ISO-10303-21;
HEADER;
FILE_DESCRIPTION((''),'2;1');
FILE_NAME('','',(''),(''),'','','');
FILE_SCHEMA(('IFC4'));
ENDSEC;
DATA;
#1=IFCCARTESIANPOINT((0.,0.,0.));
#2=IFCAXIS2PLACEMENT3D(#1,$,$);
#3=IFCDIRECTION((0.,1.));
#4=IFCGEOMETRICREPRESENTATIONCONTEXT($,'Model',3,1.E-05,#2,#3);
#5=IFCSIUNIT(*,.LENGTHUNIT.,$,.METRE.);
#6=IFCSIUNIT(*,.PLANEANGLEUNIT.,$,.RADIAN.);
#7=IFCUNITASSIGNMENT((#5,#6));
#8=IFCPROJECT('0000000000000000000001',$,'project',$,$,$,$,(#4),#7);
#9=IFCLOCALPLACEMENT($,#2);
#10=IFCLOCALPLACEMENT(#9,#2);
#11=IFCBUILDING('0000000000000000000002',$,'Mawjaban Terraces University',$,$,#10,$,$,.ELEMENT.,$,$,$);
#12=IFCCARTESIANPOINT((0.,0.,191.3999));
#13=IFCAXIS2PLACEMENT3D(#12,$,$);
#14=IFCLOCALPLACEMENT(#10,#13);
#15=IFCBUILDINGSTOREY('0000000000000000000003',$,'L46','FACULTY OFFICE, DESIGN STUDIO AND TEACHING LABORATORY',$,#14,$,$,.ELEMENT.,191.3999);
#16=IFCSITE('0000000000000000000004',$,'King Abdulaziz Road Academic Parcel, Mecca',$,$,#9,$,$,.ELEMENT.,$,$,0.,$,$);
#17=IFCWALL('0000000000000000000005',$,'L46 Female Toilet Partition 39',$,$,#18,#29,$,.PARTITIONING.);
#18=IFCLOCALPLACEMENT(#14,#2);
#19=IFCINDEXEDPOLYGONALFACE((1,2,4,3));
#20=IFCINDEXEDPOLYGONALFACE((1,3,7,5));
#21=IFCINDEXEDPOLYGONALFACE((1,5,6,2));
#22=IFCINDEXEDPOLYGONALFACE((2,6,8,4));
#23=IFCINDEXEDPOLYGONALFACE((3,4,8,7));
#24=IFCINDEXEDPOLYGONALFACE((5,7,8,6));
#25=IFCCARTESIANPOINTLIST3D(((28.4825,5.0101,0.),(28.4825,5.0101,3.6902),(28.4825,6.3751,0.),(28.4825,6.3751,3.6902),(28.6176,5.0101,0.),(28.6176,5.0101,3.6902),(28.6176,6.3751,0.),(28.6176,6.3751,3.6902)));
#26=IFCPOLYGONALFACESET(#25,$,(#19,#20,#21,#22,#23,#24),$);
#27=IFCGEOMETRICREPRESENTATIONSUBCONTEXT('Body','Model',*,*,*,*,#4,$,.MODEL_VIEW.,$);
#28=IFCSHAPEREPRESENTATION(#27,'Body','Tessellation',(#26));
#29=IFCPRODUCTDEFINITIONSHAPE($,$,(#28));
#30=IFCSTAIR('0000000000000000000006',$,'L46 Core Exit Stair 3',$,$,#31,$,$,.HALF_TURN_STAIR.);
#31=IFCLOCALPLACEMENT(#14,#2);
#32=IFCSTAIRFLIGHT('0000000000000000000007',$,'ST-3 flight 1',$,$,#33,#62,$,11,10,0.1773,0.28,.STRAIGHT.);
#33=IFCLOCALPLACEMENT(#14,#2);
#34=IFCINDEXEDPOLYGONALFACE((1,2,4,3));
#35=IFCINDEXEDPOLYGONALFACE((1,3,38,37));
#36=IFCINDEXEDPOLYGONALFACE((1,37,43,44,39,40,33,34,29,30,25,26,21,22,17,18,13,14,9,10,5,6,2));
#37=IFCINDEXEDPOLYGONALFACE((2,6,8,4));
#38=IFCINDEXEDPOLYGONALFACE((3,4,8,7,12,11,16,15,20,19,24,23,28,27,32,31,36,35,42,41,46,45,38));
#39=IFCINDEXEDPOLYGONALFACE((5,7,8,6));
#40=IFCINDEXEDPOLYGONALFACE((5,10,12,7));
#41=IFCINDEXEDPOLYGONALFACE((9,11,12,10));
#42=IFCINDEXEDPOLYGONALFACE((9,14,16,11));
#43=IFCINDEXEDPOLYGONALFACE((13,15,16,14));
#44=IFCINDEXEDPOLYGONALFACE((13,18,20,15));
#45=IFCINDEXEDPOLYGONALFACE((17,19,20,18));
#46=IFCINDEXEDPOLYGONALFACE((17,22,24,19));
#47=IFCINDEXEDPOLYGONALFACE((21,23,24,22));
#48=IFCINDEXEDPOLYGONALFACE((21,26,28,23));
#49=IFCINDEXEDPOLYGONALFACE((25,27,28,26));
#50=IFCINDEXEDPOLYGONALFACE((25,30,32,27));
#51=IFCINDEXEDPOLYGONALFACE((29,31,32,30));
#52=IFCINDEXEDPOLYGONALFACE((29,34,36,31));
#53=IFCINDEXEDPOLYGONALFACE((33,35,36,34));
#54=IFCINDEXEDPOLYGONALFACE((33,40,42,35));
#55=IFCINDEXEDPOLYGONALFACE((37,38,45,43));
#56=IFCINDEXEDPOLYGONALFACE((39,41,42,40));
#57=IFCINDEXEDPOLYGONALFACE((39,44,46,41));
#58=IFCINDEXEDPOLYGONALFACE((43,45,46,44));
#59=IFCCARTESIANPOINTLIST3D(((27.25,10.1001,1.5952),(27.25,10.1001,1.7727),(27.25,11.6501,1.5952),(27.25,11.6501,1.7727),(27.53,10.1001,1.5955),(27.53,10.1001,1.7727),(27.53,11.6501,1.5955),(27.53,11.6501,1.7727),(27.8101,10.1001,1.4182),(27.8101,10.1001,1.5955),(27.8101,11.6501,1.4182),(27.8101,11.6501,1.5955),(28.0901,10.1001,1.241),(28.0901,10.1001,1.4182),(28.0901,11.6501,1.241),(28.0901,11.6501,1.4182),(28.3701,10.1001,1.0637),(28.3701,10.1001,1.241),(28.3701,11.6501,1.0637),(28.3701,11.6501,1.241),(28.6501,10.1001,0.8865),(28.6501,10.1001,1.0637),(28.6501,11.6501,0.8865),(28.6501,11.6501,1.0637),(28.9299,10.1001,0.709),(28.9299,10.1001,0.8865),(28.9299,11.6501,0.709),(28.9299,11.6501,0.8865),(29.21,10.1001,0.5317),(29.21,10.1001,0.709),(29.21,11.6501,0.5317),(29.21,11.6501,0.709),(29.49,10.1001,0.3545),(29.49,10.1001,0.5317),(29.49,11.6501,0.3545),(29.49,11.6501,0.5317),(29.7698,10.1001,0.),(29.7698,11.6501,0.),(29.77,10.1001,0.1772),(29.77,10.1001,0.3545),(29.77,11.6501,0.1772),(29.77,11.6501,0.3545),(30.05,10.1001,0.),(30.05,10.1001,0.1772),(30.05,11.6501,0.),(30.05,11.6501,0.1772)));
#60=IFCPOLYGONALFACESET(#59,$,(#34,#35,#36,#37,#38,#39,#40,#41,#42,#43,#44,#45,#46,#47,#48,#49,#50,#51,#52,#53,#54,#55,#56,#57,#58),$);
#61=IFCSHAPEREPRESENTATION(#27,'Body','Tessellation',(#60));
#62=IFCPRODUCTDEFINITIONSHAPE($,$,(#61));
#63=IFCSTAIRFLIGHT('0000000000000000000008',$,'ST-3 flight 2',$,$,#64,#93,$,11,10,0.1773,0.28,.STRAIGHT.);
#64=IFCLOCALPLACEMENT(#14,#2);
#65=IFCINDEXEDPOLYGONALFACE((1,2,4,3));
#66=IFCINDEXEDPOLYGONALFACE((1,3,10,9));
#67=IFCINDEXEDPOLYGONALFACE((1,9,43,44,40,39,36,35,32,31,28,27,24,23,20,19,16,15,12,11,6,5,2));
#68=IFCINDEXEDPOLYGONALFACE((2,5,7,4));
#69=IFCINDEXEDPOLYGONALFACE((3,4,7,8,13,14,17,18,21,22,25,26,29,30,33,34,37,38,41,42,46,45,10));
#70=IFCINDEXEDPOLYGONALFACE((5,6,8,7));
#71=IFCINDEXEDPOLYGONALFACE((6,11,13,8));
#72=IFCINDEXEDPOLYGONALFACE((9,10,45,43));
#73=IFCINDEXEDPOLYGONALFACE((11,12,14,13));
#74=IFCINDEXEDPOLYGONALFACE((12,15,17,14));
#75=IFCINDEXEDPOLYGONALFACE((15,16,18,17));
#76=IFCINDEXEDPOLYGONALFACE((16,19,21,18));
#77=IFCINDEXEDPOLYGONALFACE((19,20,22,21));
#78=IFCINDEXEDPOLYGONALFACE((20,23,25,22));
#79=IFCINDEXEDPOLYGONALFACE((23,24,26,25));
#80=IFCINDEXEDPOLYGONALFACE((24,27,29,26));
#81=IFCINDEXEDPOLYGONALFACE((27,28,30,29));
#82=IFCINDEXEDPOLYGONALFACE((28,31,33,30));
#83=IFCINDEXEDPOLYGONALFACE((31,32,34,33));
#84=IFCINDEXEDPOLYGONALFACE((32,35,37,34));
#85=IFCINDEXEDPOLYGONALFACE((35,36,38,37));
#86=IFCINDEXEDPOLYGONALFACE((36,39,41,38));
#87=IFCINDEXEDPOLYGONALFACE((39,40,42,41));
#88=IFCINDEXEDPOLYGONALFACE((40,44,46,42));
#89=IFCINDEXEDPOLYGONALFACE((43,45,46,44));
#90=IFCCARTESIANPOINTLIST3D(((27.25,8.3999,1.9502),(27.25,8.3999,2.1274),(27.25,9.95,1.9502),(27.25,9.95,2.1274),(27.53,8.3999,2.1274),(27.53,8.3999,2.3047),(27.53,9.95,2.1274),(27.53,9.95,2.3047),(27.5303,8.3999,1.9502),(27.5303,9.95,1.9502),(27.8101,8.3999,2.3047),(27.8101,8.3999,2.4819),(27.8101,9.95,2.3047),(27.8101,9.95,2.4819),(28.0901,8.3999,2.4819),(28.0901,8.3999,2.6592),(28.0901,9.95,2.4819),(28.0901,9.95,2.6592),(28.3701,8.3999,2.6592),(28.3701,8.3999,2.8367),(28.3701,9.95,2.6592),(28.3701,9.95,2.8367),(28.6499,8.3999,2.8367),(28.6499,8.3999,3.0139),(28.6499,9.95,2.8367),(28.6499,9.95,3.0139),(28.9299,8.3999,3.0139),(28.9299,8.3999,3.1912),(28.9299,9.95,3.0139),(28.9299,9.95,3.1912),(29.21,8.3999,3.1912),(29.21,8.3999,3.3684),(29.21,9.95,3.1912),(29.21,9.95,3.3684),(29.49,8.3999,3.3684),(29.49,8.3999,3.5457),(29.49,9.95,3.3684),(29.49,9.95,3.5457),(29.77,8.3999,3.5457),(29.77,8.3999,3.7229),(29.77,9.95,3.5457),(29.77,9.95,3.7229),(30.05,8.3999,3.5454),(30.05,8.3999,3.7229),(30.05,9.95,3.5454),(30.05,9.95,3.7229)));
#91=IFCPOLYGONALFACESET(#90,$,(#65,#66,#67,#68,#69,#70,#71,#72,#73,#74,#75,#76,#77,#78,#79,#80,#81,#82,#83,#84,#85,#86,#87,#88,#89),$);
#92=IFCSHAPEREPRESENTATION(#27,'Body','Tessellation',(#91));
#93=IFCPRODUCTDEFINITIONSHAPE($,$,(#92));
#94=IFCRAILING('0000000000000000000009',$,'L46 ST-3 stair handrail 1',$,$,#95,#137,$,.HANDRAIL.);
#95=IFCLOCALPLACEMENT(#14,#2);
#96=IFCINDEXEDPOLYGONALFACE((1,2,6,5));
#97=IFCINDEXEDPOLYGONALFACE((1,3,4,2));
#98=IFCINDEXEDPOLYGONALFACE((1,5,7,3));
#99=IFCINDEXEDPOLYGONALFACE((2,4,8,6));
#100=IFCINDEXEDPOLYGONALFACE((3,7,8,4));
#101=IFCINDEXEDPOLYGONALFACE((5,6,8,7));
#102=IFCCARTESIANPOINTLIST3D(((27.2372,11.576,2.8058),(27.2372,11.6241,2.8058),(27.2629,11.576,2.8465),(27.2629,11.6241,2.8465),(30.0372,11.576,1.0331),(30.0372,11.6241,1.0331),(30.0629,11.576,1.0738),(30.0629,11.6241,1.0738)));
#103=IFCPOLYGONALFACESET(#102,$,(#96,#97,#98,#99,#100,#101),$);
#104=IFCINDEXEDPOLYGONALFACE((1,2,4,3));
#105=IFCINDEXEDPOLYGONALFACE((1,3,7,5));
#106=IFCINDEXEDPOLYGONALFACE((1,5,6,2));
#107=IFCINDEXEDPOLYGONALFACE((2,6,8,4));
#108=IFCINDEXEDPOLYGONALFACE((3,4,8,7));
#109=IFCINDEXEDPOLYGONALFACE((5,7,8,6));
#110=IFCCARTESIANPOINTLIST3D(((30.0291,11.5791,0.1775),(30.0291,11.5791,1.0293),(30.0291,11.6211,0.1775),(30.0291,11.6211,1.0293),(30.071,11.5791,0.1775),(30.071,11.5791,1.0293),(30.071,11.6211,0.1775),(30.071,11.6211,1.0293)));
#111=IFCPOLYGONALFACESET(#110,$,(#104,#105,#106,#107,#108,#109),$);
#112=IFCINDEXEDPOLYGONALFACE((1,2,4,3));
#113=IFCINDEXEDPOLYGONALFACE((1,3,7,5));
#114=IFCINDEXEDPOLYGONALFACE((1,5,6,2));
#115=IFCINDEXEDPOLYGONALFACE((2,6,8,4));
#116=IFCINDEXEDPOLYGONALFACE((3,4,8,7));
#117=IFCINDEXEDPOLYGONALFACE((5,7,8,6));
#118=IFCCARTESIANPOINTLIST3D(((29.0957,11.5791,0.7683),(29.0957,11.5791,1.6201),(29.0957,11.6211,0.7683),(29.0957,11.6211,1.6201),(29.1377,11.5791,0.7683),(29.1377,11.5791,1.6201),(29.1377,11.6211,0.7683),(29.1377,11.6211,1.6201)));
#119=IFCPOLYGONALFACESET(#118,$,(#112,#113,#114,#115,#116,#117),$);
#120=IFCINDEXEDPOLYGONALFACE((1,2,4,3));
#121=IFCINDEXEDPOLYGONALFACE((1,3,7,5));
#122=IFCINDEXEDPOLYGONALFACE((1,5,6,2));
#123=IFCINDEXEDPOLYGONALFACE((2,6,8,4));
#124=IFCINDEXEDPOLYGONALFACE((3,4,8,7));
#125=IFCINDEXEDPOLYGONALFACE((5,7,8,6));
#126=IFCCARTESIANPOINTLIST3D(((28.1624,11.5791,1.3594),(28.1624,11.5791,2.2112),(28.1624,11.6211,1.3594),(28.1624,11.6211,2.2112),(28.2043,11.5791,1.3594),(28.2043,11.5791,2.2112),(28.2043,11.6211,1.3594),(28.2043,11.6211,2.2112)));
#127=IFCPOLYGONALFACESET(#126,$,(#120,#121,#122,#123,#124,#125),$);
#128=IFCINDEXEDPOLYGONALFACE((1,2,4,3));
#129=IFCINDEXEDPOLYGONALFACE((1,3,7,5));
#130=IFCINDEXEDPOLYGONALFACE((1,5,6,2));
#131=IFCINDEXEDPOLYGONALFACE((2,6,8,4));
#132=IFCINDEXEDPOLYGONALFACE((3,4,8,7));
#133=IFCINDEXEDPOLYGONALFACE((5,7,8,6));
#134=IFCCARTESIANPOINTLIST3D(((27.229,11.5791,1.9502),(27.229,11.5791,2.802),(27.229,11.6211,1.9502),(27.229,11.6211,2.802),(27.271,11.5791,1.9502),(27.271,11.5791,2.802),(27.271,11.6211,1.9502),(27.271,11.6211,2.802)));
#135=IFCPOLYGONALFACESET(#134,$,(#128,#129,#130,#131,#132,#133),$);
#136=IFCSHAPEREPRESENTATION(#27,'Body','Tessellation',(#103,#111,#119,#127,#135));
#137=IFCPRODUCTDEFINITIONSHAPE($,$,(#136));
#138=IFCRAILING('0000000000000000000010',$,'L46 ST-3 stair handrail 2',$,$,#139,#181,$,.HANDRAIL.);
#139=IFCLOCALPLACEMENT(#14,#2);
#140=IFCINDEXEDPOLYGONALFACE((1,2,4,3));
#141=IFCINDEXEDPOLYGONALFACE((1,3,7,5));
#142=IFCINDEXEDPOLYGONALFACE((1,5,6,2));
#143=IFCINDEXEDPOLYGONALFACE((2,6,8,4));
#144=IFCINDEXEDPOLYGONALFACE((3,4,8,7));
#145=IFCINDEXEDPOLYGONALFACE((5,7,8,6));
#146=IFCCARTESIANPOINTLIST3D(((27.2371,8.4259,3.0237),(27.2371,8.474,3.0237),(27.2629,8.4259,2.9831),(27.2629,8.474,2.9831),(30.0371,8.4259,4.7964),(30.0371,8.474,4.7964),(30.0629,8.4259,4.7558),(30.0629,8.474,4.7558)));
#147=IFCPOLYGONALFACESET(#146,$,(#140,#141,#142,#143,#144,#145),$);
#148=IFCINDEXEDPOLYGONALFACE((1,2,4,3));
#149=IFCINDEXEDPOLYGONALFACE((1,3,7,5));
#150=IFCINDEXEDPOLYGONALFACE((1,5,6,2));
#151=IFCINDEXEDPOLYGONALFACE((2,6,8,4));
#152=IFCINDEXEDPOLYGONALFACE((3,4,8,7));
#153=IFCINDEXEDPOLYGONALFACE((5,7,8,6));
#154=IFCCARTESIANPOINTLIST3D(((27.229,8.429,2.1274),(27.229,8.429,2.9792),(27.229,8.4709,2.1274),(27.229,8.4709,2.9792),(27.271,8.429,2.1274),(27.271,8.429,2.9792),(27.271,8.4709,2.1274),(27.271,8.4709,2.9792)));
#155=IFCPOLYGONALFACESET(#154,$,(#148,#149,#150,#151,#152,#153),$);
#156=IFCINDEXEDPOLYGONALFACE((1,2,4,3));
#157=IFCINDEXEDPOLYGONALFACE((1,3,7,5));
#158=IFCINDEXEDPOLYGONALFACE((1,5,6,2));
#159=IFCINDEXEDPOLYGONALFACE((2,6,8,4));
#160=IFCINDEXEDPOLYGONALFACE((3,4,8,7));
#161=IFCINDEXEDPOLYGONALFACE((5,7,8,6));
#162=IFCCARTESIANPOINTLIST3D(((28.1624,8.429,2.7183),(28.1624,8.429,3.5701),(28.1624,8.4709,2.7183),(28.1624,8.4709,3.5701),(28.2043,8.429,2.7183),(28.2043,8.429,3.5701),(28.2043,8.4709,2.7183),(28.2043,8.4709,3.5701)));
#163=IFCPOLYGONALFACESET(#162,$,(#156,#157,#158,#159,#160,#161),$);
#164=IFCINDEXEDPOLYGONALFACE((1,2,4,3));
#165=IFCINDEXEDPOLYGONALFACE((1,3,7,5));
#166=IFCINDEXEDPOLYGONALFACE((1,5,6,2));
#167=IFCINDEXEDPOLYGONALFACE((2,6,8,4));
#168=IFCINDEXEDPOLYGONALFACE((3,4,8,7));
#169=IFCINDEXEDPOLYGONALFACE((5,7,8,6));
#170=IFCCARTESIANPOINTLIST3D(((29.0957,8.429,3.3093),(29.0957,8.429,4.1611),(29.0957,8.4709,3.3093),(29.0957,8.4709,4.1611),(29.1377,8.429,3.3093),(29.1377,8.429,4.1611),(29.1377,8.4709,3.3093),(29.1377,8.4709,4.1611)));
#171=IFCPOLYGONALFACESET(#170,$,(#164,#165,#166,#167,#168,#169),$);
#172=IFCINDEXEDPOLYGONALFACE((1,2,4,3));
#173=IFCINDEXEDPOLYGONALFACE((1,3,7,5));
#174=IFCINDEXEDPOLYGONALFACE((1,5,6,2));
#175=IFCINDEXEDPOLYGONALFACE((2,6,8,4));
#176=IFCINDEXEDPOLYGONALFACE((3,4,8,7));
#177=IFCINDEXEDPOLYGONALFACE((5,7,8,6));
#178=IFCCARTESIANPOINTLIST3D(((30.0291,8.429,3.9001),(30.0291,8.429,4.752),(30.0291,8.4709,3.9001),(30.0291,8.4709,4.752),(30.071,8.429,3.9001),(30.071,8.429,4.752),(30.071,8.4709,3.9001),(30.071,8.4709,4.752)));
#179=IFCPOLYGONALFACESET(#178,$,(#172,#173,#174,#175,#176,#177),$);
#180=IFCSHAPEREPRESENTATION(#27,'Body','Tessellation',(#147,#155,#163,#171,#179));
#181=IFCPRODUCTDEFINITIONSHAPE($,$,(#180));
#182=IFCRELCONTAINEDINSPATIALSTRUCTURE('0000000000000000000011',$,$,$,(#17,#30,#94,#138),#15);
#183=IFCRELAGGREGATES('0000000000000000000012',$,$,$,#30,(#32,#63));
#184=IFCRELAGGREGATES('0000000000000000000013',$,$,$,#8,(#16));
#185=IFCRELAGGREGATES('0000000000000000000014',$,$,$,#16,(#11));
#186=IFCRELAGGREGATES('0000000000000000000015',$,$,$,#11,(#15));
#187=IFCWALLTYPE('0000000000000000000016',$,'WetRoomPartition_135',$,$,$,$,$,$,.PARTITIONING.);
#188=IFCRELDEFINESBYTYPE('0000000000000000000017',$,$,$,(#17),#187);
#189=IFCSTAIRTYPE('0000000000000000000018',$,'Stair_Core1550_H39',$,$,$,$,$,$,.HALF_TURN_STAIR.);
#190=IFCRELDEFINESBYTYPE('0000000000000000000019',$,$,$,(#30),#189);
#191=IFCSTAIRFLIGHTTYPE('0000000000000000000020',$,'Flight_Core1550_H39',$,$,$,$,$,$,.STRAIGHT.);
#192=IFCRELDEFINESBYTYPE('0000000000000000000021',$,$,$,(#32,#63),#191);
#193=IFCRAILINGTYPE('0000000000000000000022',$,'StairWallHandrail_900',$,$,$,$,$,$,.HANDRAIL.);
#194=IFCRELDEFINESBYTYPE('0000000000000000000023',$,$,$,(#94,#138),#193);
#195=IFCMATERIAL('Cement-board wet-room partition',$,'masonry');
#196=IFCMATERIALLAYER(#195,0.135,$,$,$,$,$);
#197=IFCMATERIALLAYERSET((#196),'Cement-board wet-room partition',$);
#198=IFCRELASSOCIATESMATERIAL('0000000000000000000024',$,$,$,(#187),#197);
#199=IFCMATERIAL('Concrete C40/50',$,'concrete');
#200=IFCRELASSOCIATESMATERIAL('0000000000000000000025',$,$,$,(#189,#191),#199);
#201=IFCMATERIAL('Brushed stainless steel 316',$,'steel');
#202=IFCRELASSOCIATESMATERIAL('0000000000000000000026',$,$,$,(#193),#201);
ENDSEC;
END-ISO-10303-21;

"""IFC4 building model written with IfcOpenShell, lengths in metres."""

from ifc_helpers import new_model, si_unit, direction, frame, frame_2d, origin, origin_2d, place, context, subcontext, project, spatial, polyline, rectangle, outline, extrude, material, layer, layer_set, type_object, element, aggregate, save


model = new_model("IFC4")

# Units and contexts
model_context = context("Model", 3, precision=1e-05, world=origin(), true_north=direction((0.0, 1.0)))
body_context = subcontext(model_context, "Body", "Model", "MODEL_VIEW")
ifc_project = project(units=[si_unit("LENGTHUNIT", "METRE"), si_unit("PLANEANGLEUNIT", "RADIAN")], contexts=[model_context])

# Site, building, storey
site_placement = place(None, origin())
site = spatial("IfcSite", under=ifc_project, at=site_placement, Name="King Abdulaziz Road Academic Parcel, Mecca", CompositionType="ELEMENT", RefElevation=0.0)
building_placement = place(site_placement, origin())
building = spatial("IfcBuilding", under=site, at=building_placement, Name="Mawjaban Terraces University", CompositionType="ELEMENT")
storey_placement = place(building_placement, frame((0.0, 0.0, 191.3999)))
storey = spatial("IfcBuildingStorey", under=building, at=storey_placement, Name="L46", Description="FACULTY OFFICE, DESIGN STUDIO AND TEACHING LABORATORY", CompositionType="ELEMENT", Elevation=191.3999)

# Shared definitions
ifc_material_1 = material(Name="Concrete C40/50", Category="concrete")

# Wall
ifc_material_2 = material(Name="Cement-board wet-room partition", Category="masonry")
ifc_layer_1 = layer(ifc_material_2, 0.135)
ifc_layer_set_1 = layer_set([ifc_layer_1], Name="Cement-board wet-room partition")
wall_type_1 = type_object("IfcWallType", Name="WetRoomPartition_135", PredefinedType="PARTITIONING", material=ifc_layer_set_1)
wall_1_placement = place(storey_placement, frame((28.55, 5.01, 0.0), z_axis=(0.0, 0.0, 1.0), x_axis=(0.0, 1.0, 0.0)))
element("IfcWall", 1, at=wall_1_placement, inside=storey, type_object=wall_type_1, Name="L46 Female Toilet Partition 39", PredefinedType="PARTITIONING", context=body_context, shape_type="SweptSolid", body=[
    extrude(rectangle(XDim=1.365, YDim=0.135, at=frame_2d((0.6826, 0.0))), origin(), (0.0, 0.0, 1.0), 3.6902),
])

# Stair, stair flights
stair_type = type_object("IfcStairType", Name="Stair_Core1550_H39", PredefinedType="HALF_TURN_STAIR", material=ifc_material_1)
stair_placement = place(storey_placement, origin())
stair = element("IfcStair", 2, at=stair_placement, inside=storey, type_object=stair_type, Name="L46 Core Exit Stair 3", PredefinedType="HALF_TURN_STAIR")
stair_flight_type = type_object("IfcStairFlightType", Name="Flight_Core1550_H39", PredefinedType="STRAIGHT", material=ifc_material_1)
stair_flight_1_placement = place(storey_placement, frame((30.05, 10.875, 0.0), z_axis=(0.0, 0.0, 1.0), x_axis=(-1.0, 0.0, 0.0)))
stair_flight_1 = element("IfcStairFlight", 3, at=stair_flight_1_placement, type_object=stair_flight_type, Name="ST-3 flight 1", NumberOfRisers=11, NumberOfTreads=10, PredefinedType="STRAIGHT", RiserHeight=0.1773, TreadLength=0.28, context=body_context, shape_type="SweptSolid", body=[
    extrude(outline(polyline([(0.0, 0.0), (0.0, 0.1772), (0.28, 0.1772), (0.28, 0.3545), (0.5601, 0.3545), (0.5601, 0.5317), (0.8401, 0.5317), (0.8401, 0.709), (1.1201, 0.709), (1.1201, 0.8865), (1.3999, 0.8865), (1.3999, 1.0637), (1.6799, 1.0637), (1.6799, 1.241), (1.96, 1.241), (1.96, 1.4182), (2.24, 1.4182), (2.24, 1.5955), (2.52, 1.5955), (2.52, 1.7727), (2.8, 1.7727), (2.8, 1.95), (2.8, 1.5952), (0.2803, 0.0), (0.0, 0.0)])), frame((0.0, 0.7749, 0.0), z_axis=(0.0, -1.0, 0.0), x_axis=(1.0, 0.0, 0.0)), (0.0, 0.0, 1.0), 1.55),
])
stair_flight_2_placement = place(storey_placement, frame((27.25, 9.175, 1.9502), z_axis=(0.0, 0.0, 1.0), x_axis=(1.0, 0.0, 0.0)))
stair_flight_2 = element("IfcStairFlight", 4, at=stair_flight_2_placement, type_object=stair_flight_type, Name="ST-3 flight 2", NumberOfRisers=11, NumberOfTreads=10, PredefinedType="STRAIGHT", RiserHeight=0.1773, TreadLength=0.28, context=body_context, shape_type="SweptSolid", body=[
    extrude(outline(polyline([(0.0, 0.0), (0.0, 0.1772), (0.28, 0.1772), (0.28, 0.3545), (0.5601, 0.3545), (0.5601, 0.5317), (0.8401, 0.5317), (0.8401, 0.709), (1.1201, 0.709), (1.1201, 0.8865), (1.3999, 0.8865), (1.3999, 1.0637), (1.6799, 1.0637), (1.6799, 1.241), (1.96, 1.241), (1.96, 1.4182), (2.24, 1.4182), (2.24, 1.5955), (2.52, 1.5955), (2.52, 1.7727), (2.8, 1.7727), (2.8, 1.95), (2.8, 1.5952), (0.2803, 0.0), (0.0, 0.0)])), frame((0.0, 0.7749, 0.0), z_axis=(0.0, -1.0, 0.0), x_axis=(1.0, 0.0, 0.0)), (0.0, 0.0, 1.0), 1.55),
])
aggregate(stair, [stair_flight_1, stair_flight_2])

# Railings
ifc_material_3 = material(Name="Brushed stainless steel 316", Category="steel")
railing_type_1 = type_object("IfcRailingType", Name="StairWallHandrail_900", PredefinedType="HANDRAIL", material=ifc_material_3)
railing_1_placement = place(storey_placement, frame((30.05, 11.6001, 0.1775)))
element("IfcRailing", 5, at=railing_1_placement, inside=storey, type_object=railing_type_1, Name="L46 ST-3 stair handrail 1", PredefinedType="HANDRAIL", context=body_context, shape_type="SweptSolid", body=[
    extrude(rectangle(XDim=0.0481, YDim=0.0481, at=origin_2d()), frame((0.0, 0.0, 0.876), z_axis=(-0.844909, 0.0, 0.53491), x_axis=(0.0, -1.0, 0.0)), (0.0, 0.0, 1.0), 3.314),
    extrude(rectangle(XDim=0.042, YDim=0.042, at=origin_2d()), origin(), (0.0, 0.0, 1.0), 0.8518),
    extrude(rectangle(XDim=0.042, YDim=0.042, at=origin_2d()), frame((-0.9333, 0.0, 0.5908)), (0.0, 0.0, 1.0), 0.8518),
    extrude(rectangle(XDim=0.042, YDim=0.042, at=origin_2d()), frame((-1.8667, 0.0, 1.1819)), (0.0, 0.0, 1.0), 0.8518),
    extrude(rectangle(XDim=0.042, YDim=0.042, at=origin_2d()), frame((-2.8, 0.0, 1.7727)), (0.0, 0.0, 1.0), 0.8518),
])
railing_2_placement = place(storey_placement, frame((27.25, 8.45, 2.1274)))
element("IfcRailing", 6, at=railing_2_placement, inside=storey, type_object=railing_type_1, Name="L46 ST-3 stair handrail 2", PredefinedType="HANDRAIL", context=body_context, shape_type="SweptSolid", body=[
    extrude(rectangle(XDim=0.0481, YDim=0.0481, at=origin_2d()), frame((0.0, 0.0, 0.876), z_axis=(0.844909, 0.0, 0.53491), x_axis=(0.0, 1.0, 0.0)), (0.0, 0.0, 1.0), 3.314),
    extrude(rectangle(XDim=0.042, YDim=0.042, at=origin_2d()), origin(), (0.0, 0.0, 1.0), 0.8518),
    extrude(rectangle(XDim=0.042, YDim=0.042, at=origin_2d()), frame((0.9333, 0.0, 0.5908)), (0.0, 0.0, 1.0), 0.8518),
    extrude(rectangle(XDim=0.042, YDim=0.042, at=origin_2d()), frame((1.8667, 0.0, 1.1819)), (0.0, 0.0, 1.0), 0.8518),
    extrude(rectangle(XDim=0.042, YDim=0.042, at=origin_2d()), frame((2.8, 0.0, 1.7727)), (0.0, 0.0, 1.0), 0.8518),
])

save(model, "model.ifc")
